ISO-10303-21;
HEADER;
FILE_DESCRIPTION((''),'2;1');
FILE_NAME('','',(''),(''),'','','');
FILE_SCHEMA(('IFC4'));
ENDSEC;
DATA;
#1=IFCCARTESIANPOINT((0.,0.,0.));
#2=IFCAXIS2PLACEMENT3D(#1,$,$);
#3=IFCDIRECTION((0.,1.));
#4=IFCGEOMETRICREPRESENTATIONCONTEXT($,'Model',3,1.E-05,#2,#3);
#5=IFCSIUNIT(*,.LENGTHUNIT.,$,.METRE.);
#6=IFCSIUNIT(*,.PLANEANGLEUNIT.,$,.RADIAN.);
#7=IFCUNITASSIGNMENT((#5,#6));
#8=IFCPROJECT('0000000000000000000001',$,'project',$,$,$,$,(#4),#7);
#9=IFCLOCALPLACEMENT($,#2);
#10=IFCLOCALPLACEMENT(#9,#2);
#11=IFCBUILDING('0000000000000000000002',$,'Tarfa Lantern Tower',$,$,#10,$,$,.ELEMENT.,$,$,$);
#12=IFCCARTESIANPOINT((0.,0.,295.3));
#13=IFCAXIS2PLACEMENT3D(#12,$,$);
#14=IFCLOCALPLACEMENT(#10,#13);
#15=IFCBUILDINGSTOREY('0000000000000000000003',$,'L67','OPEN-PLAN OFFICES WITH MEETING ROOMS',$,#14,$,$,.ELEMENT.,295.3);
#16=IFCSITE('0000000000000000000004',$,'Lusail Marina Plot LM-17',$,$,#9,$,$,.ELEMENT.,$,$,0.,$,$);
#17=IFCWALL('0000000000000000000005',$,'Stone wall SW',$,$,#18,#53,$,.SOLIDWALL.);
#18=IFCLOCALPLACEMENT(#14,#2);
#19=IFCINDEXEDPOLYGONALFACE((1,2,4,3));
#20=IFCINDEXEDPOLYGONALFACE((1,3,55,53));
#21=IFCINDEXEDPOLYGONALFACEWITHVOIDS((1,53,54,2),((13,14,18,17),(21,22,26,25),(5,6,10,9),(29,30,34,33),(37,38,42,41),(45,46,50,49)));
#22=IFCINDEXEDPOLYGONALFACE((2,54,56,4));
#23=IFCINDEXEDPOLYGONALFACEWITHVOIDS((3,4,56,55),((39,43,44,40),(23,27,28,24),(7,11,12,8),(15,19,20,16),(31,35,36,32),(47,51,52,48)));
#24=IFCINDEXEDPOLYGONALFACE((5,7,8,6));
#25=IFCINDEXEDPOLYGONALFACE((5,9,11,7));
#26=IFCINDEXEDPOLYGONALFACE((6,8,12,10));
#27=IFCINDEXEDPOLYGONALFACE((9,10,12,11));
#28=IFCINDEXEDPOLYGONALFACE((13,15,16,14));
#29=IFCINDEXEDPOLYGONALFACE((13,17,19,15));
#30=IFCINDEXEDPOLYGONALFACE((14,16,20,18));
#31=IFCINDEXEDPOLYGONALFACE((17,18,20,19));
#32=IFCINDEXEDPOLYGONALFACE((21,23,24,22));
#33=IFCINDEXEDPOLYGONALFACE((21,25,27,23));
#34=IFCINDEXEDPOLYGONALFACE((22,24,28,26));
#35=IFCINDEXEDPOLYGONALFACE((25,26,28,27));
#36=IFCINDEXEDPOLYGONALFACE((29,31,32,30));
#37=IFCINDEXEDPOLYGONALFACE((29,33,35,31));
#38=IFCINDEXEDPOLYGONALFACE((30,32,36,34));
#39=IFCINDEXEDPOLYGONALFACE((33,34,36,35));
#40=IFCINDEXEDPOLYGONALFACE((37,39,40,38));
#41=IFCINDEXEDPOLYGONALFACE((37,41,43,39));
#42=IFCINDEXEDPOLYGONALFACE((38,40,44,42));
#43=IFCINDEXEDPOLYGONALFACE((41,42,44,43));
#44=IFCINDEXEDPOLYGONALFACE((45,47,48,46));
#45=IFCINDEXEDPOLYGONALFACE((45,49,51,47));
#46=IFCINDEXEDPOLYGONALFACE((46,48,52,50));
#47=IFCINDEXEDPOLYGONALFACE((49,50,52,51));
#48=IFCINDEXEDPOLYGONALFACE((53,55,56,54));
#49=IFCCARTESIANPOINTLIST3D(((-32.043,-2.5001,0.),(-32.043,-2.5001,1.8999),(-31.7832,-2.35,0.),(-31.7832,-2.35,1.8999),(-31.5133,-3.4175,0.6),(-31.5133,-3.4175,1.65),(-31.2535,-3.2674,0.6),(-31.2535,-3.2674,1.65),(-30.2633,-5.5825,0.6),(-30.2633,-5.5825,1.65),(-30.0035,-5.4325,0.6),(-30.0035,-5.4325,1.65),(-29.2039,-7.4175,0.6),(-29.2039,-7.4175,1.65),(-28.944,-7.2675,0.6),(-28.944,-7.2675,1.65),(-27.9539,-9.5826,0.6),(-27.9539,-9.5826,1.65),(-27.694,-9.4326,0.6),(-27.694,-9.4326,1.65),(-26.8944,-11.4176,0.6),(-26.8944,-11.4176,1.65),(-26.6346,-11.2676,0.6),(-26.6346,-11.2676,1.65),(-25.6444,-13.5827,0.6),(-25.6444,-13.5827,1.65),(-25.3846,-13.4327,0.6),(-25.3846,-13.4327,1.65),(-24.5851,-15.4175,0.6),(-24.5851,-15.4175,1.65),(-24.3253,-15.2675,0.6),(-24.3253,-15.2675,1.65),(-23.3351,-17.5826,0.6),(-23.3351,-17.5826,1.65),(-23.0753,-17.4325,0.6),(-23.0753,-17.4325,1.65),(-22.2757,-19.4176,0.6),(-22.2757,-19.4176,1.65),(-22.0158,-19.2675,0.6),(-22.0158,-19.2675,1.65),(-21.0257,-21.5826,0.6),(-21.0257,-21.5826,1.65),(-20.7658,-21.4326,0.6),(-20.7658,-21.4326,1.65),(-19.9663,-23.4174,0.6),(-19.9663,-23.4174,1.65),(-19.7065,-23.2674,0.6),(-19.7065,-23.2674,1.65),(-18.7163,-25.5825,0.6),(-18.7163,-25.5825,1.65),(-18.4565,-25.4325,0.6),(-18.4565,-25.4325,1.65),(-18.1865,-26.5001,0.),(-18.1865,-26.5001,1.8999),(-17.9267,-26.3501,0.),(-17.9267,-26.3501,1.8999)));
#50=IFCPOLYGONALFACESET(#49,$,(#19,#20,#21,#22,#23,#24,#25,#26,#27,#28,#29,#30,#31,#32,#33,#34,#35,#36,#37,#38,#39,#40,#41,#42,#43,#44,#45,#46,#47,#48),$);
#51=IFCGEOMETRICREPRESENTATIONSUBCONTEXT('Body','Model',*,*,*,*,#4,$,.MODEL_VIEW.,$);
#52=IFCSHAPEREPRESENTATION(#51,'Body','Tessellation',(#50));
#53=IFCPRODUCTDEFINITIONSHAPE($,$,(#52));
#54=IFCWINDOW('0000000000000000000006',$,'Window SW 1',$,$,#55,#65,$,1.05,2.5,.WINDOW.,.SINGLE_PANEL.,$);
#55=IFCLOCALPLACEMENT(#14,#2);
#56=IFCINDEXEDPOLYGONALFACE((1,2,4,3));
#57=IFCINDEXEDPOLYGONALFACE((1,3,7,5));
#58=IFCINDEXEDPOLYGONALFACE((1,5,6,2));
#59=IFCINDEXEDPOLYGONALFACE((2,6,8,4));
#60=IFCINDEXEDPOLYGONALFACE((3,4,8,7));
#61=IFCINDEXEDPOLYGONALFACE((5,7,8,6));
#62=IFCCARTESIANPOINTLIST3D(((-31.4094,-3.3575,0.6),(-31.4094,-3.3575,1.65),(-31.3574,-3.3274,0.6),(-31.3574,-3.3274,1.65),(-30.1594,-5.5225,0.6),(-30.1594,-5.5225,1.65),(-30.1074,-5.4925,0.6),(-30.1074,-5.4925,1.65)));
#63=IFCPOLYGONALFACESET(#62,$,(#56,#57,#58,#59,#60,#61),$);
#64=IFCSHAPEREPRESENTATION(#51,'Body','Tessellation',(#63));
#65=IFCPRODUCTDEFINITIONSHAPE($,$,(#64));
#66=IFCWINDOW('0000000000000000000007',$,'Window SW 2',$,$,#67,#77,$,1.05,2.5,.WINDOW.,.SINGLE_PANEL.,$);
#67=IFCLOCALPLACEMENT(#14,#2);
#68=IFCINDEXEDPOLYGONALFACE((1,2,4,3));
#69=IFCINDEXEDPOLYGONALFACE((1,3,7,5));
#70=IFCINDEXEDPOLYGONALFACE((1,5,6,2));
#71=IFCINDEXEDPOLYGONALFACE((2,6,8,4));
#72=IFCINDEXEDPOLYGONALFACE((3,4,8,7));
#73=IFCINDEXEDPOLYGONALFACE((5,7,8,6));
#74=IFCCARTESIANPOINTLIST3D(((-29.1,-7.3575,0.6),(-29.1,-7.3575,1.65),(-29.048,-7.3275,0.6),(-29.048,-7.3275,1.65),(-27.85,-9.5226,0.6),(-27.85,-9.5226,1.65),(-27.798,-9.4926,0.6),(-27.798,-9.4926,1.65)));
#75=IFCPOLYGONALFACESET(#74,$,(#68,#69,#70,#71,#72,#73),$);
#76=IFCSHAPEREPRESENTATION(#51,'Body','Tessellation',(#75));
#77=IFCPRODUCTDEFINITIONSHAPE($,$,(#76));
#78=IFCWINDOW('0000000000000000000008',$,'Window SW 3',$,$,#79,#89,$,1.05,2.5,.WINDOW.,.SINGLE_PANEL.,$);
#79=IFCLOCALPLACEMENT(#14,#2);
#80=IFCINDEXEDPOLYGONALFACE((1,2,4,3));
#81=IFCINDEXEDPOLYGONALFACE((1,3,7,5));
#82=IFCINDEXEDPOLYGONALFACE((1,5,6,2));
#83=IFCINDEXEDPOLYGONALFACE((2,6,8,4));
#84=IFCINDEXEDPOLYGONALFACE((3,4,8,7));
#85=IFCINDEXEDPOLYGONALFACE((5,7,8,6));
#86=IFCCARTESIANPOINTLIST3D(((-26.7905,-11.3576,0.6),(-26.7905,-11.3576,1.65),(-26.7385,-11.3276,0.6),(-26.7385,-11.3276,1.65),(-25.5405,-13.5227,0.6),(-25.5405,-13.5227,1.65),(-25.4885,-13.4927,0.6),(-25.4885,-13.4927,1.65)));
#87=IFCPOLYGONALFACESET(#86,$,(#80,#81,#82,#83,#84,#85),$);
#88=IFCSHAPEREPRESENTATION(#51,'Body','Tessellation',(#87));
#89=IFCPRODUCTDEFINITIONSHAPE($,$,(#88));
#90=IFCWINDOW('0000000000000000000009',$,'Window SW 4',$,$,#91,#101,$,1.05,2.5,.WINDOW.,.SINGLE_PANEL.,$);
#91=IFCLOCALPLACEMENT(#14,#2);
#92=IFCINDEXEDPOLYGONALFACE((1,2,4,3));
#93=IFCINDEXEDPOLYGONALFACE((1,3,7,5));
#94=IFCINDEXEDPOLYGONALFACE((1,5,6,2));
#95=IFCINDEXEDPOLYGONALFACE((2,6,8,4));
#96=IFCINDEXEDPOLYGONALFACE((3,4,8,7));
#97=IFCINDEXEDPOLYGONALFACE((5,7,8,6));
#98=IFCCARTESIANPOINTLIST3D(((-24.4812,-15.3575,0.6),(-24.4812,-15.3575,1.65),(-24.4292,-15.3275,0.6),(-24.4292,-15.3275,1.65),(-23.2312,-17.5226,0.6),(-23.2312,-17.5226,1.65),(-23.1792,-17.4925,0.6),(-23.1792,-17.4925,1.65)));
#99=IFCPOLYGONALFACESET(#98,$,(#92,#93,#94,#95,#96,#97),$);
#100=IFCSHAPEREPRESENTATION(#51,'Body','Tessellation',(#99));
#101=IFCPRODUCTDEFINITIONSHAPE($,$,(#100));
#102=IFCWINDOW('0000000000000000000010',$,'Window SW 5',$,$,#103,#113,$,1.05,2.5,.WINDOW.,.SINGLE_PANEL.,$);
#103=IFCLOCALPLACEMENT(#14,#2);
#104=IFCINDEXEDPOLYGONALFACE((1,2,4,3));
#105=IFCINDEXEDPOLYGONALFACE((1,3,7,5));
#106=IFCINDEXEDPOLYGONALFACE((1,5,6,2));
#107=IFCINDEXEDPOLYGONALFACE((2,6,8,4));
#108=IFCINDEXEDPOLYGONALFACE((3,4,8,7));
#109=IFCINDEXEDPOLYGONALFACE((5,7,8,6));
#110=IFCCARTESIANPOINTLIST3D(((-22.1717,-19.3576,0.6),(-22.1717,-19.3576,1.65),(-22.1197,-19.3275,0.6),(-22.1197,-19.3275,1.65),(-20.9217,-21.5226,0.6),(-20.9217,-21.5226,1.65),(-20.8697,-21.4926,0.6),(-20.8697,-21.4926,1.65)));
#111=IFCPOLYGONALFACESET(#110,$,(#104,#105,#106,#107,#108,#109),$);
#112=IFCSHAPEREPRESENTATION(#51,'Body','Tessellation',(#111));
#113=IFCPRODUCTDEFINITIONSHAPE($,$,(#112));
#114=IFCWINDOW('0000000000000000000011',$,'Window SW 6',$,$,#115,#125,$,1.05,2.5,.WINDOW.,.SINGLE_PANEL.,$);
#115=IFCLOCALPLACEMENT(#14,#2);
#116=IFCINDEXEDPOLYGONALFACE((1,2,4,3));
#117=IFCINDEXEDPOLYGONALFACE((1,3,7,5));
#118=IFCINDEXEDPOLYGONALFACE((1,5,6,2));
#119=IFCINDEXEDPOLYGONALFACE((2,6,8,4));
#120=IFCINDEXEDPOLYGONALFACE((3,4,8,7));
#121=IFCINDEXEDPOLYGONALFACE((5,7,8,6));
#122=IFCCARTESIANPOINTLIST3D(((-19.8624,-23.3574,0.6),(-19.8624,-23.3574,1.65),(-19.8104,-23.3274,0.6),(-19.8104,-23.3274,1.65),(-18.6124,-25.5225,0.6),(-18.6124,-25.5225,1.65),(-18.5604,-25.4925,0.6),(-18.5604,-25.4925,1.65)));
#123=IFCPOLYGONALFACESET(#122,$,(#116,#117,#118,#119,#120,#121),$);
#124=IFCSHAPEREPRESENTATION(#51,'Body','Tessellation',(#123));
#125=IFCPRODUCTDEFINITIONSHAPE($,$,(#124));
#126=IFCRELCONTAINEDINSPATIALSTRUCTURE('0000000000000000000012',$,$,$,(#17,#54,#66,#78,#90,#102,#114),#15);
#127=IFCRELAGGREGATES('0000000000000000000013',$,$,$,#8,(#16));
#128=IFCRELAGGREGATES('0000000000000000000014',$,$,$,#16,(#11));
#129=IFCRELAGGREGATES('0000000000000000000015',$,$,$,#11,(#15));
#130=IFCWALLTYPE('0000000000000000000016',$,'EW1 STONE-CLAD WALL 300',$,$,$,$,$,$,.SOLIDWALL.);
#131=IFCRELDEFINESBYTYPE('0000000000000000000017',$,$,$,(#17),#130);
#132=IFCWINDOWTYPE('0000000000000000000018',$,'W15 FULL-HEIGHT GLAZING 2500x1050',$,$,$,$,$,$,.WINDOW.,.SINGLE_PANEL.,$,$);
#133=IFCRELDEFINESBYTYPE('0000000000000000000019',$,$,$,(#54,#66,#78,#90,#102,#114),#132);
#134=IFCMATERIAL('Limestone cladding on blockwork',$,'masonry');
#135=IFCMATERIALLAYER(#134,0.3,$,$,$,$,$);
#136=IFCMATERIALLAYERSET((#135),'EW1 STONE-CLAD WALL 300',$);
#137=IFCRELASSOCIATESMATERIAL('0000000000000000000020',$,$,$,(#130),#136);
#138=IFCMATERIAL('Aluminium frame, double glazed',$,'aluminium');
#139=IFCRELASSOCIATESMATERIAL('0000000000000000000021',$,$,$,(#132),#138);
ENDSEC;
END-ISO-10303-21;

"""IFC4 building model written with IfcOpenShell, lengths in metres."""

from ifc_helpers import new_model, si_unit, direction, frame, frame_2d, origin, place, context, subcontext, project, spatial, rectangle, extrude, material, layer, layer_set, type_object, element, fill, save


model = new_model("IFC4")

# Units and contexts
model_context = context("Model", 3, precision=1e-05, world=origin(), true_north=direction((0.0, 1.0)))
body_context = subcontext(model_context, "Body", "Model", "MODEL_VIEW")
ifc_project = project(units=[si_unit("LENGTHUNIT", "METRE"), si_unit("PLANEANGLEUNIT", "RADIAN")], contexts=[model_context])

# Site, building, storey
site_placement = place(None, origin())
site = spatial("IfcSite", under=ifc_project, at=site_placement, Name="Lusail Marina Plot LM-17", CompositionType="ELEMENT", RefElevation=0.0)
building_placement = place(site_placement, origin())
building = spatial("IfcBuilding", under=site, at=building_placement, Name="Tarfa Lantern Tower", CompositionType="ELEMENT")
storey_placement = place(building_placement, frame((0.0, 0.0, 295.3)))
storey = spatial("IfcBuildingStorey", under=building, at=storey_placement, Name="L67", Description="OPEN-PLAN OFFICES WITH MEETING ROOMS", CompositionType="ELEMENT", Elevation=295.3)

# Wall, openings, windows
ifc_material_1 = material(Name="Limestone cladding on blockwork", Category="masonry")
ifc_layer = layer(ifc_material_1, 0.3)
ifc_layer_set = layer_set([ifc_layer], Name="EW1 STONE-CLAD WALL 300")
wall_type = type_object("IfcWallType", Name="EW1 STONE-CLAD WALL 300", PredefinedType="SOLIDWALL", material=ifc_layer_set)
wall_placement = place(storey_placement, frame((-31.9131, -2.425, 0.0), z_axis=(0.0, 0.0, 1.0), x_axis=(0.500001, -0.866025, 0.0)))
wall = element("IfcWall", 1, at=wall_placement, inside=storey, type_object=wall_type, Name="Stone wall SW", PredefinedType="SOLIDWALL", context=body_context, shape_type="SweptSolid", body=[
    extrude(rectangle(XDim=27.7129, YDim=0.3, at=frame_2d((13.8564, 0.0))), origin(), (0.0, 0.0, 1.0), 1.8999),
])
opening_1_placement = place(wall_placement, frame((1.0593, 0.0, 0.6001)))
opening_1 = element("IfcOpeningElement", 2, at=opening_1_placement, cuts=wall, PredefinedType="OPENING", context=body_context, shape_type="SweptSolid", body=[
    extrude(rectangle(XDim=2.5, YDim=1.05, at=frame_2d((1.25, 0.5249))), frame((0.0, 0.1599, 0.0), z_axis=(0.0, -1.0, 0.0), x_axis=(1.0, 0.0, 0.0)), (0.0, 0.0, 1.0), 0.3201),
])
opening_2_placement = place(wall_placement, frame((5.6782, 0.0, 0.6001)))
opening_2 = element("IfcOpeningElement", 3, at=opening_2_placement, cuts=wall, PredefinedType="OPENING", context=body_context, shape_type="SweptSolid", body=[
    extrude(rectangle(XDim=2.5, YDim=1.05, at=frame_2d((1.25, 0.5249))), frame((0.0, 0.1599, 0.0), z_axis=(0.0, -1.0, 0.0), x_axis=(1.0, 0.0, 0.0)), (0.0, 0.0, 1.0), 0.3201),
])
opening_3_placement = place(wall_placement, frame((10.2971, 0.0, 0.6001)))
opening_3 = element("IfcOpeningElement", 4, at=opening_3_placement, cuts=wall, PredefinedType="OPENING", context=body_context, shape_type="SweptSolid", body=[
    extrude(rectangle(XDim=2.5, YDim=1.05, at=frame_2d((1.25, 0.5249))), frame((0.0, 0.1599, 0.0), z_axis=(0.0, -1.0, 0.0), x_axis=(1.0, 0.0, 0.0)), (0.0, 0.0, 1.0), 0.3201),
])
opening_4_placement = place(wall_placement, frame((14.9158, 0.0, 0.6001)))
opening_4 = element("IfcOpeningElement", 5, at=opening_4_placement, cuts=wall, PredefinedType="OPENING", context=body_context, shape_type="SweptSolid", body=[
    extrude(rectangle(XDim=2.5, YDim=1.05, at=frame_2d((1.25, 0.5249))), frame((0.0, 0.1599, 0.0), z_axis=(0.0, -1.0, 0.0), x_axis=(1.0, 0.0, 0.0)), (0.0, 0.0, 1.0), 0.3201),
])
opening_5_placement = place(wall_placement, frame((19.5347, 0.0, 0.6001)))
opening_5 = element("IfcOpeningElement", 6, at=opening_5_placement, cuts=wall, PredefinedType="OPENING", context=body_context, shape_type="SweptSolid", body=[
    extrude(rectangle(XDim=2.5, YDim=1.05, at=frame_2d((1.25, 0.5249))), frame((0.0, 0.1599, 0.0), z_axis=(0.0, -1.0, 0.0), x_axis=(1.0, 0.0, 0.0)), (0.0, 0.0, 1.0), 0.3201),
])
opening_6_placement = place(wall_placement, frame((24.1533, 0.0, 0.6001)))
opening_6 = element("IfcOpeningElement", 7, at=opening_6_placement, cuts=wall, PredefinedType="OPENING", context=body_context, shape_type="SweptSolid", body=[
    extrude(rectangle(XDim=2.5, YDim=1.05, at=frame_2d((1.25, 0.5249))), frame((0.0, 0.1599, 0.0), z_axis=(0.0, -1.0, 0.0), x_axis=(1.0, 0.0, 0.0)), (0.0, 0.0, 1.0), 0.3201),
])
ifc_material_2 = material(Name="Aluminium frame, double glazed", Category="aluminium")
window_type = type_object("IfcWindowType", Name="W15 FULL-HEIGHT GLAZING 2500x1050", PartitioningType="SINGLE_PANEL", PredefinedType="WINDOW", material=ifc_material_2)
window_1_placement = place(opening_1_placement, origin())
window_1 = element("IfcWindow", 8, at=window_1_placement, inside=storey, type_object=window_type, Name="Window SW 1", OverallHeight=1.05, OverallWidth=2.5, PartitioningType="SINGLE_PANEL", PredefinedType="WINDOW", context=body_context, shape_type="SweptSolid", body=[
    extrude(rectangle(XDim=2.5, YDim=1.05, at=frame_2d((1.25, 0.5249))), frame((0.0, 0.03, 0.0), z_axis=(0.0, -1.0, 0.0), x_axis=(1.0, 0.0, 0.0)), (0.0, 0.0, 1.0), 0.0601),
])
fill(opening_1, window_1)
window_2_placement = place(opening_2_placement, origin())
window_2 = element("IfcWindow", 9, at=window_2_placement, inside=storey, type_object=window_type, Name="Window SW 2", OverallHeight=1.05, OverallWidth=2.5, PartitioningType="SINGLE_PANEL", PredefinedType="WINDOW", context=body_context, shape_type="SweptSolid", body=[
    extrude(rectangle(XDim=2.5, YDim=1.05, at=frame_2d((1.25, 0.5249))), frame((0.0, 0.03, 0.0), z_axis=(0.0, -1.0, 0.0), x_axis=(1.0, 0.0, 0.0)), (0.0, 0.0, 1.0), 0.0601),
])
fill(opening_2, window_2)
window_3_placement = place(opening_3_placement, origin())
window_3 = element("IfcWindow", 10, at=window_3_placement, inside=storey, type_object=window_type, Name="Window SW 3", OverallHeight=1.05, OverallWidth=2.5, PartitioningType="SINGLE_PANEL", PredefinedType="WINDOW", context=body_context, shape_type="SweptSolid", body=[
    extrude(rectangle(XDim=2.5, YDim=1.05, at=frame_2d((1.25, 0.5249))), frame((0.0, 0.03, 0.0), z_axis=(0.0, -1.0, 0.0), x_axis=(1.0, 0.0, 0.0)), (0.0, 0.0, 1.0), 0.0601),
])
fill(opening_3, window_3)
window_4_placement = place(opening_4_placement, origin())
window_4 = element("IfcWindow", 11, at=window_4_placement, inside=storey, type_object=window_type, Name="Window SW 4", OverallHeight=1.05, OverallWidth=2.5, PartitioningType="SINGLE_PANEL", PredefinedType="WINDOW", context=body_context, shape_type="SweptSolid", body=[
    extrude(rectangle(XDim=2.5, YDim=1.05, at=frame_2d((1.25, 0.5249))), frame((0.0, 0.03, 0.0), z_axis=(0.0, -1.0, 0.0), x_axis=(1.0, 0.0, 0.0)), (0.0, 0.0, 1.0), 0.0601),
])
fill(opening_4, window_4)
window_5_placement = place(opening_5_placement, origin())
window_5 = element("IfcWindow", 12, at=window_5_placement, inside=storey, type_object=window_type, Name="Window SW 5", OverallHeight=1.05, OverallWidth=2.5, PartitioningType="SINGLE_PANEL", PredefinedType="WINDOW", context=body_context, shape_type="SweptSolid", body=[
    extrude(rectangle(XDim=2.5, YDim=1.05, at=frame_2d((1.25, 0.5249))), frame((0.0, 0.03, 0.0), z_axis=(0.0, -1.0, 0.0), x_axis=(1.0, 0.0, 0.0)), (0.0, 0.0, 1.0), 0.0601),
])
fill(opening_5, window_5)
window_6_placement = place(opening_6_placement, origin())
window_6 = element("IfcWindow", 13, at=window_6_placement, inside=storey, type_object=window_type, Name="Window SW 6", OverallHeight=1.05, OverallWidth=2.5, PartitioningType="SINGLE_PANEL", PredefinedType="WINDOW", context=body_context, shape_type="SweptSolid", body=[
    extrude(rectangle(XDim=2.5, YDim=1.05, at=frame_2d((1.25, 0.5249))), frame((0.0, 0.03, 0.0), z_axis=(0.0, -1.0, 0.0), x_axis=(1.0, 0.0, 0.0)), (0.0, 0.0, 1.0), 0.0601),
])
fill(opening_6, window_6)

save(model, "model.ifc")
